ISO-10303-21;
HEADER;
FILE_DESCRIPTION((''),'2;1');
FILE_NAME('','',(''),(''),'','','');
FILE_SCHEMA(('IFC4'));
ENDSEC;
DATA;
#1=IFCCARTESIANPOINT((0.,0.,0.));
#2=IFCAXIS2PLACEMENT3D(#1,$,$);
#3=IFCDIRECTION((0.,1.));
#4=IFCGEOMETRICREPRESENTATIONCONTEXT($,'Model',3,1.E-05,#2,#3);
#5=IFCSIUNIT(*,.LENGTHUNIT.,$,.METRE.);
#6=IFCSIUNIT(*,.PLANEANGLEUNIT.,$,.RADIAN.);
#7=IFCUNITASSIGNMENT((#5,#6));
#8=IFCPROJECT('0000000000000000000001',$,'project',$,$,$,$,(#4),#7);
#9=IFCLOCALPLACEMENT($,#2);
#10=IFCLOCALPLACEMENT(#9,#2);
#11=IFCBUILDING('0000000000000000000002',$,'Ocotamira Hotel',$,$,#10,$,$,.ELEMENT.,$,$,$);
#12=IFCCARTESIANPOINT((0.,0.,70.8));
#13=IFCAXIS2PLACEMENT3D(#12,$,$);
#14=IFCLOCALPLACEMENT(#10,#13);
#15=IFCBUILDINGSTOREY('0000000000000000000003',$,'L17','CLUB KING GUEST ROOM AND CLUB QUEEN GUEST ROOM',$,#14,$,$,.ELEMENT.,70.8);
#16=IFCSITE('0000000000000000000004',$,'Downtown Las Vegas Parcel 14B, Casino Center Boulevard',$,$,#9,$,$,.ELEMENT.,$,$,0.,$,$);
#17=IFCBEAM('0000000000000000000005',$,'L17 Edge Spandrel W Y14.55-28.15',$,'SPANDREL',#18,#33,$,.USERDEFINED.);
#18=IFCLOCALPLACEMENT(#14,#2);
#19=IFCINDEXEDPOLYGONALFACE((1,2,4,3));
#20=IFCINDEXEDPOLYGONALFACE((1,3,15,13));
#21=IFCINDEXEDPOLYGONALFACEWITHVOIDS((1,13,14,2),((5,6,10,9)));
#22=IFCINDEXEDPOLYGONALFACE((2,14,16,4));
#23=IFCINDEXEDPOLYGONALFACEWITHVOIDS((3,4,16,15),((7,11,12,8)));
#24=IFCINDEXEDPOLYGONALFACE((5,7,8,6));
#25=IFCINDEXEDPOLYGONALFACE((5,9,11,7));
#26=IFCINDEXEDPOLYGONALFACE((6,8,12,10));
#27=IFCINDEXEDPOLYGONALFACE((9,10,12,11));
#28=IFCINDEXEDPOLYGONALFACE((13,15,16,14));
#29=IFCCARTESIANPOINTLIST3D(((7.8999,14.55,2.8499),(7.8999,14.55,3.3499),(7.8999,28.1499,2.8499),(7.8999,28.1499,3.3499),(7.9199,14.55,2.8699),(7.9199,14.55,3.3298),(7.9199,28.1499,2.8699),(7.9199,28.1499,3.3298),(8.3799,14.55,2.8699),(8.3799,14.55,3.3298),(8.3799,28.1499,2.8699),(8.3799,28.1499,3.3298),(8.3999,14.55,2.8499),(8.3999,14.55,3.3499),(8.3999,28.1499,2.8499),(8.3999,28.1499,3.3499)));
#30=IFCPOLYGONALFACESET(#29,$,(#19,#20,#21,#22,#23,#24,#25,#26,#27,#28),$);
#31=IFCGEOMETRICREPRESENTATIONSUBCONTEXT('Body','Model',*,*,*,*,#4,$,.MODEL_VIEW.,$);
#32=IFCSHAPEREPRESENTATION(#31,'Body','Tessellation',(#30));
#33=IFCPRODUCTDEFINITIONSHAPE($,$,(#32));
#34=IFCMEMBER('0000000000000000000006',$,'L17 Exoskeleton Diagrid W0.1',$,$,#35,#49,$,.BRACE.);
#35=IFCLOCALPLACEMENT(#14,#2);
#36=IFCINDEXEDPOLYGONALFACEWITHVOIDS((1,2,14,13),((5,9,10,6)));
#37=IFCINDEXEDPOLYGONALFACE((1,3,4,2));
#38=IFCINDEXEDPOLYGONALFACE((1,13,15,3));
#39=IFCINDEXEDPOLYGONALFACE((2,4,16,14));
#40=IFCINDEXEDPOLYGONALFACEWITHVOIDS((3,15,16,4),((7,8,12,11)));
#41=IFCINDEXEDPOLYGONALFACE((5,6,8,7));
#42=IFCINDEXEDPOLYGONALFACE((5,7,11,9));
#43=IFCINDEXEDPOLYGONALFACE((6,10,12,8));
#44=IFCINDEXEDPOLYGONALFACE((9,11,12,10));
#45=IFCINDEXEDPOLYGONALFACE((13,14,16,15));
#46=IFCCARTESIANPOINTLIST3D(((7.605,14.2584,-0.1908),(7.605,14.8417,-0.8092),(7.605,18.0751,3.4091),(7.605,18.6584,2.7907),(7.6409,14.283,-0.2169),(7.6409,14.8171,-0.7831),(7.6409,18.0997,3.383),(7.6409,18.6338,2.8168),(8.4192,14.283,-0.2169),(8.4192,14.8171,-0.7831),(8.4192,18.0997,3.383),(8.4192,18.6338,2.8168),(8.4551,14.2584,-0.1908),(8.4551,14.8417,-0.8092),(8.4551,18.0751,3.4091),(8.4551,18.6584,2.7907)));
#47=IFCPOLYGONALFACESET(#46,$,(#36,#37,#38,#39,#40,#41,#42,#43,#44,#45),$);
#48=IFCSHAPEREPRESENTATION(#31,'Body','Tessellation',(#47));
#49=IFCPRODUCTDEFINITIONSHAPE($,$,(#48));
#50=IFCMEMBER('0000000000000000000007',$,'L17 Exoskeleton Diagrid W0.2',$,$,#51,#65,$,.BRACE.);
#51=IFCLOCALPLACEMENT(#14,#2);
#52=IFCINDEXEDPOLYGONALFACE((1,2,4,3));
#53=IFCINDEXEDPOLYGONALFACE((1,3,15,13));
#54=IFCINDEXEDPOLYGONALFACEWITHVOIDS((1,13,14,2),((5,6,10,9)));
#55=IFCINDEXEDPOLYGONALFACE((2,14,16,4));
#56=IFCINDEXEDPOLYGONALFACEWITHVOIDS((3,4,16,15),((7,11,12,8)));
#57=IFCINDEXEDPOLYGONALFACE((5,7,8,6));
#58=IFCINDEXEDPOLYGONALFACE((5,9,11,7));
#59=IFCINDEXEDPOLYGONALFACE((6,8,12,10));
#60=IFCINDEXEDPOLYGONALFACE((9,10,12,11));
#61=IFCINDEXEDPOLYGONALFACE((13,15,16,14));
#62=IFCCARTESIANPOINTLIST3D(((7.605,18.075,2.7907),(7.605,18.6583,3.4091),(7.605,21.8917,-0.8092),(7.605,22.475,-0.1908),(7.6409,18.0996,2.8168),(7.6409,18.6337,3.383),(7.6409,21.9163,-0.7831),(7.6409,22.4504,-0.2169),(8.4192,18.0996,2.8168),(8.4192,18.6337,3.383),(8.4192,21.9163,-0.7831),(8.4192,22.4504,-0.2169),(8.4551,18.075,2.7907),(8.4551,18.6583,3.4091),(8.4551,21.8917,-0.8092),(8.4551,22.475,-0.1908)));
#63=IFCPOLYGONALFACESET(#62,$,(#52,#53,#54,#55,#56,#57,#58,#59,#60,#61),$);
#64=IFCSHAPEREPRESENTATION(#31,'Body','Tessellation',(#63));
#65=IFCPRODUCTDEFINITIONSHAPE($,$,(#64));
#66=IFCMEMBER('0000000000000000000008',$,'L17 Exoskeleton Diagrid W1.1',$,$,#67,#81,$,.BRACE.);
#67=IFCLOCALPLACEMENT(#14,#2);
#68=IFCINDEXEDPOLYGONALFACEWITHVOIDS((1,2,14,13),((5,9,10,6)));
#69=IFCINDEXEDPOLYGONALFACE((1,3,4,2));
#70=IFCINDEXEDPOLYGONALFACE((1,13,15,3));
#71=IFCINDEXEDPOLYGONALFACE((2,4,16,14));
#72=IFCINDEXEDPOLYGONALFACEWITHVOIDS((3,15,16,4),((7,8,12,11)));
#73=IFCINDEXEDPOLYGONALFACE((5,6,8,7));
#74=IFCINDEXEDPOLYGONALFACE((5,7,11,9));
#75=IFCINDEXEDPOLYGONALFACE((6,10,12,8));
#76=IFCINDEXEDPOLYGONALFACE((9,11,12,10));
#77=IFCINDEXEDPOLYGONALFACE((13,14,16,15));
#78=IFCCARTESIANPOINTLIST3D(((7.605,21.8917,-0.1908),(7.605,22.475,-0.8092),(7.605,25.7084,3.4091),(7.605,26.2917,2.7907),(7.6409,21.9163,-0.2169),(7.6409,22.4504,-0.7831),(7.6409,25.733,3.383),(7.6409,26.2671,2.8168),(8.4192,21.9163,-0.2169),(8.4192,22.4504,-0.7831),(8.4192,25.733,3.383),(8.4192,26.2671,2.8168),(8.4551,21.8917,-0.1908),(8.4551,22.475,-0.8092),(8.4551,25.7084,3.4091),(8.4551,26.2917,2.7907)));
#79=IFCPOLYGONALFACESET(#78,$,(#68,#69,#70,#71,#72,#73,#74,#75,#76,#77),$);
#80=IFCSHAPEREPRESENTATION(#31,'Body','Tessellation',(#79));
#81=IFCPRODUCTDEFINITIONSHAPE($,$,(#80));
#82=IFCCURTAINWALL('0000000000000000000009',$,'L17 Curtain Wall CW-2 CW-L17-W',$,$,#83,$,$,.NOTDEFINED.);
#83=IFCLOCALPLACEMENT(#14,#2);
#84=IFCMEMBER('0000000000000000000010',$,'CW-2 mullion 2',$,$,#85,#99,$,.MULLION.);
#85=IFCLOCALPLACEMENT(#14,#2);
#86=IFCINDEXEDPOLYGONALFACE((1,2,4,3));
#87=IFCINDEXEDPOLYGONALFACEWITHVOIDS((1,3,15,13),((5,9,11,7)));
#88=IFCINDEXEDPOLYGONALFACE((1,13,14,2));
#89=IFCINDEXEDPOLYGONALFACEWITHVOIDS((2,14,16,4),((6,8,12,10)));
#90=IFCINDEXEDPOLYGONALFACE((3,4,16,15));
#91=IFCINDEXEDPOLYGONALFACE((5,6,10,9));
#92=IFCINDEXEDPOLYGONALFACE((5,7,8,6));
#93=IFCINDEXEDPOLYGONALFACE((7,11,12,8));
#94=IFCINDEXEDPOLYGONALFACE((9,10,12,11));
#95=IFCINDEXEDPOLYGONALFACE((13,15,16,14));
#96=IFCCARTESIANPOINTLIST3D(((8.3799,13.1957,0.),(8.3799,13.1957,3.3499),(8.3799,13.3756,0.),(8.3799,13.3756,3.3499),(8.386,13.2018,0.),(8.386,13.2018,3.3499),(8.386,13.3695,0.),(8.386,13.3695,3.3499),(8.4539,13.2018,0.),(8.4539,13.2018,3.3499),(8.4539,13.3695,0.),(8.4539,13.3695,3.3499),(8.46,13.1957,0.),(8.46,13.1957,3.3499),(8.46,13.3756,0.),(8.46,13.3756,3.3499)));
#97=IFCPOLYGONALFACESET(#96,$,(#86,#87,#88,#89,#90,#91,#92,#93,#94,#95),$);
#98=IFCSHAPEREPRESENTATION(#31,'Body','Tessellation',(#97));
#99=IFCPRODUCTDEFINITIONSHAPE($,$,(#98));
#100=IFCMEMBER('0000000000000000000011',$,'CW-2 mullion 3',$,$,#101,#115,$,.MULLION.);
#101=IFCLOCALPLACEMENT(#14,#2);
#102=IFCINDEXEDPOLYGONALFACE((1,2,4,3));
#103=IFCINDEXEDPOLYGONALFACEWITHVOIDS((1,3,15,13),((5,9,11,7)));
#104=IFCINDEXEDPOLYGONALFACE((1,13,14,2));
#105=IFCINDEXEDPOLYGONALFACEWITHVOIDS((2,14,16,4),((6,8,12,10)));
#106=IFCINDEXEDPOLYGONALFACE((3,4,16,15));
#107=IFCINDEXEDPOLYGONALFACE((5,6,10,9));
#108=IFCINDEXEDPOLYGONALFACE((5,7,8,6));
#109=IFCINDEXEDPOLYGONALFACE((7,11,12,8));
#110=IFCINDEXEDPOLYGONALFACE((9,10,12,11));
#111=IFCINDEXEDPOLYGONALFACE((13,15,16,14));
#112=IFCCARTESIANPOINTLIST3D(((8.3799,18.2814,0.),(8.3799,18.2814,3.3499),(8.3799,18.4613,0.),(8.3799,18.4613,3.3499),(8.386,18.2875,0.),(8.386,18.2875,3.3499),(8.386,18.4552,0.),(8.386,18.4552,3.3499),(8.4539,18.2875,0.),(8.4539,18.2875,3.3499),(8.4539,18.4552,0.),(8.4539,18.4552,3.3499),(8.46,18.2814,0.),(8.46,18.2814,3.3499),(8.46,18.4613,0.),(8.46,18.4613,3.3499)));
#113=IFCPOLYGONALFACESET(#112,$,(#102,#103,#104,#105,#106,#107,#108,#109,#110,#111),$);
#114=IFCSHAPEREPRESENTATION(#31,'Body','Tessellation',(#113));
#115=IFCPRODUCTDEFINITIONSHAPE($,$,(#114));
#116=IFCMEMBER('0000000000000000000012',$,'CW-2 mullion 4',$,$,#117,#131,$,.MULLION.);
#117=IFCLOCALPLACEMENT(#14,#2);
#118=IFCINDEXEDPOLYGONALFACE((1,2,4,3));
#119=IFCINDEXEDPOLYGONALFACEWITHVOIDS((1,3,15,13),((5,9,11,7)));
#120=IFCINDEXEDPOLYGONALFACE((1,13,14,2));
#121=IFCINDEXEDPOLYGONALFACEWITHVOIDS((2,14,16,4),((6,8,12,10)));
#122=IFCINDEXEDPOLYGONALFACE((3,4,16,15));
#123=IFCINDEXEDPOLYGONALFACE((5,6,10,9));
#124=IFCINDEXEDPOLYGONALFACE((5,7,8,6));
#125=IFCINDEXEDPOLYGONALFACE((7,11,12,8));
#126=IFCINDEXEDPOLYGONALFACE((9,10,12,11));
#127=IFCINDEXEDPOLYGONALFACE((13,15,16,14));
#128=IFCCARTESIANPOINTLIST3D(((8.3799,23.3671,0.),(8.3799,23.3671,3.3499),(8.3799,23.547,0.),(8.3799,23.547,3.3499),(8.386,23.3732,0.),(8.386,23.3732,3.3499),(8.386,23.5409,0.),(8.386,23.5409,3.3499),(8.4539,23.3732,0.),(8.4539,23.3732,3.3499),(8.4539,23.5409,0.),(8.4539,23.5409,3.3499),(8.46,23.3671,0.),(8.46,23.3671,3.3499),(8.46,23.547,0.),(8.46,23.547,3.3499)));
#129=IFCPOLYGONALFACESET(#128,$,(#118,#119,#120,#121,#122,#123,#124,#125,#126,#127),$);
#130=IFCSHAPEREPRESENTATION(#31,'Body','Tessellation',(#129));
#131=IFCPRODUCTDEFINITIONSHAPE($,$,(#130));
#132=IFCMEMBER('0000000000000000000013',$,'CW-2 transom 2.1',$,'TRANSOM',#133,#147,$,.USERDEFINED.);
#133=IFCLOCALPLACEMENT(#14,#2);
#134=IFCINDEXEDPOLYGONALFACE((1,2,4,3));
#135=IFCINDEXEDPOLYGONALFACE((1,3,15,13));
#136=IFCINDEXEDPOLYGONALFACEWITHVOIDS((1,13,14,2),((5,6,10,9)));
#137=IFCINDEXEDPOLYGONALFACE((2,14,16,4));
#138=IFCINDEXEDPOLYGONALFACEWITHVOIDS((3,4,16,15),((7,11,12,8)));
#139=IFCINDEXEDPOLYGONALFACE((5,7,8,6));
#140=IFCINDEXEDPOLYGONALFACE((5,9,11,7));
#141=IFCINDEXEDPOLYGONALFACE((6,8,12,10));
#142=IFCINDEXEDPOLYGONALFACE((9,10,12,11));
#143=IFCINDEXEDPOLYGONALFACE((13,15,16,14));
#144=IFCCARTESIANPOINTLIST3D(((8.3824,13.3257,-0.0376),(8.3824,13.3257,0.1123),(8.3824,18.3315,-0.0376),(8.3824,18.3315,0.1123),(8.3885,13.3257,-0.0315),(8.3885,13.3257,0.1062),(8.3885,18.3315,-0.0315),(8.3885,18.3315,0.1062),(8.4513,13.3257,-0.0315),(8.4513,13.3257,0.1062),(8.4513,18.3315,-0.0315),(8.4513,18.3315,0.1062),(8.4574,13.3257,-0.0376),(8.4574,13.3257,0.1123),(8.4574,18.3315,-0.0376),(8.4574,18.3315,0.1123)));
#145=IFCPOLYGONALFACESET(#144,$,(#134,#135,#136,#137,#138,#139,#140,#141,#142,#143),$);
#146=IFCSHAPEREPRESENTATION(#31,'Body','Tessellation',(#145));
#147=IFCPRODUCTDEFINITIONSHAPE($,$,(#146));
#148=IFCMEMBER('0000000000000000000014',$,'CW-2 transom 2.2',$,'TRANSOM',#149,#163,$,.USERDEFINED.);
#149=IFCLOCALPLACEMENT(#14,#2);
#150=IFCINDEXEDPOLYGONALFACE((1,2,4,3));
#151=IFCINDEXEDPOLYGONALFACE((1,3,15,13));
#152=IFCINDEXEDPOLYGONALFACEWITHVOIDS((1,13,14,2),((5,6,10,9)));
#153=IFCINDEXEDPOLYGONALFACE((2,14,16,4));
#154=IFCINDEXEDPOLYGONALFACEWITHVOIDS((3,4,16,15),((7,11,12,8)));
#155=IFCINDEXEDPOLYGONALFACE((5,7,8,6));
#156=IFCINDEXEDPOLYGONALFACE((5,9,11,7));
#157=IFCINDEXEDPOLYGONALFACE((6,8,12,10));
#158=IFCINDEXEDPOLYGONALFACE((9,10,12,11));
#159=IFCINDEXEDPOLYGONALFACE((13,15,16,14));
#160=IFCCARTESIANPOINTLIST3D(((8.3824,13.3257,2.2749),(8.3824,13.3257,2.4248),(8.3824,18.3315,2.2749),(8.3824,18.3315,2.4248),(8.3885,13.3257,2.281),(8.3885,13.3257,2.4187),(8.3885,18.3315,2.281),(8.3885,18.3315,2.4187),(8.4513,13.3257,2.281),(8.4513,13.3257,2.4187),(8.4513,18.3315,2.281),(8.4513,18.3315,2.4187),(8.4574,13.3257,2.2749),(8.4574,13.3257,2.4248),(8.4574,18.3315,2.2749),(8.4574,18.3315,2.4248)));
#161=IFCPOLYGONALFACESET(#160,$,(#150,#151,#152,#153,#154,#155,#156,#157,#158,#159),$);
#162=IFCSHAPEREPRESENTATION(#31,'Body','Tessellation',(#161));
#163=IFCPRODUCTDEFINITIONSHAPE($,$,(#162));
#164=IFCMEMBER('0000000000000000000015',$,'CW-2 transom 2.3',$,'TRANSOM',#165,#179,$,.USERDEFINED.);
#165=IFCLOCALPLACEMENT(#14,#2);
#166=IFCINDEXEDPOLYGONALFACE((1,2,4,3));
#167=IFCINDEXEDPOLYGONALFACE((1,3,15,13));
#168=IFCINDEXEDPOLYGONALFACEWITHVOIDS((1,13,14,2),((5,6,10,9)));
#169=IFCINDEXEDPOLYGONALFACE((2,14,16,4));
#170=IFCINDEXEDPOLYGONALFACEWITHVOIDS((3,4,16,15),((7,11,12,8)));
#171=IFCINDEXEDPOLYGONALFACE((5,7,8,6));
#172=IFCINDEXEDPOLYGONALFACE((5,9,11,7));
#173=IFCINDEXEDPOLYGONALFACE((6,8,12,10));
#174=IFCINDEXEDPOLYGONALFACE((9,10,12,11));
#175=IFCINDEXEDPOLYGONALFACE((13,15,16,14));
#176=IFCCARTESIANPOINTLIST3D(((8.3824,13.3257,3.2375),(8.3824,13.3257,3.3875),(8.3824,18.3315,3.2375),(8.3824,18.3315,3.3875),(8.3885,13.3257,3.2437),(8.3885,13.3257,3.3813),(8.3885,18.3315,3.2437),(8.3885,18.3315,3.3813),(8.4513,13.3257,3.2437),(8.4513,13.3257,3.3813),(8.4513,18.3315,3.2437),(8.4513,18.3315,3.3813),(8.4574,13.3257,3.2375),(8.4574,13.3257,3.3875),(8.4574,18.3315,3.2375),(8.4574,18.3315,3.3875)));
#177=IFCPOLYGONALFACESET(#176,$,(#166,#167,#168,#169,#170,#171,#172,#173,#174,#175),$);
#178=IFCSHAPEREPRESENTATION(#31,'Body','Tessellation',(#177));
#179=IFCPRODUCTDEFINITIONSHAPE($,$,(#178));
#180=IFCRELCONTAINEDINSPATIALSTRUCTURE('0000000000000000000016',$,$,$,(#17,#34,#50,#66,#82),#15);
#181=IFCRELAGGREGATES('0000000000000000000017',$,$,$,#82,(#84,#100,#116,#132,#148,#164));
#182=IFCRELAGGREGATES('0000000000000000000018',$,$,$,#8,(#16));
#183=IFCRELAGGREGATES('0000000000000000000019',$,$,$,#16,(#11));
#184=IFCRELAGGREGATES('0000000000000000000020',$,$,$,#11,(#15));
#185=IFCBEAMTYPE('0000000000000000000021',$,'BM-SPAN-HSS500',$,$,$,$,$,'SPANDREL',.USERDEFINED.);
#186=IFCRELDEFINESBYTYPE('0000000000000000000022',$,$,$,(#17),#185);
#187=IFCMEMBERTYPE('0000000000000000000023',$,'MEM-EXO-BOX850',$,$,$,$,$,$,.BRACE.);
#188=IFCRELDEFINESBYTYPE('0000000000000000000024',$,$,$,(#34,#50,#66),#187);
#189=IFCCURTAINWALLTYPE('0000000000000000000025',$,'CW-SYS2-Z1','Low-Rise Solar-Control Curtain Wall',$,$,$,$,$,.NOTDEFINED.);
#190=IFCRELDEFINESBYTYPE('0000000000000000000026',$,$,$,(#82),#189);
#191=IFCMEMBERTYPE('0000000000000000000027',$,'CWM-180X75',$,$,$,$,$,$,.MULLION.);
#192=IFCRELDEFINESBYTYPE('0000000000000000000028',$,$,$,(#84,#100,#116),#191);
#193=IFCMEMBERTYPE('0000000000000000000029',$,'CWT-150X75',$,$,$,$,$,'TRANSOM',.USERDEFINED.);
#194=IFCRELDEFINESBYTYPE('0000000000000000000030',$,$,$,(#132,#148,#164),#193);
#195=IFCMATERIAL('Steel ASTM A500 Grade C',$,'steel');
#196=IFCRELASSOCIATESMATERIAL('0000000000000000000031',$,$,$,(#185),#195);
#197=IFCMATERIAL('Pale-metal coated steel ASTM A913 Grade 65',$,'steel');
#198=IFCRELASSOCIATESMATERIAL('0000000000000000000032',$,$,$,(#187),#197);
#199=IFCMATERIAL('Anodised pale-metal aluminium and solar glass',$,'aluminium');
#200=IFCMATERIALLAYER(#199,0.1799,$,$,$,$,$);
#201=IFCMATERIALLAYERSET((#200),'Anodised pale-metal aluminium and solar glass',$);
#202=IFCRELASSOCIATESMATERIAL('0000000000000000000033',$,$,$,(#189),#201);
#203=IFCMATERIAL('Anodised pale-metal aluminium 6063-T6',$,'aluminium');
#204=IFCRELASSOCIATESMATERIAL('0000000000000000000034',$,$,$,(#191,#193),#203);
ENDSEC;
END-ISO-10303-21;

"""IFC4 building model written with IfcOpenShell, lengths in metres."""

from ifc_helpers import new_model, si_unit, direction, frame, origin, origin_2d, place, context, subcontext, project, spatial, hollow_rectangle, extrude, source, transform, mapped, material, layer, layer_set, material_profile, profile_set, type_object, element, aggregate, save


model = new_model("IFC4")

# Units and contexts
model_context = context("Model", 3, precision=1e-05, world=origin(), true_north=direction((0.0, 1.0)))
body_context = subcontext(model_context, "Body", "Model", "MODEL_VIEW")
ifc_project = project(units=[si_unit("LENGTHUNIT", "METRE"), si_unit("PLANEANGLEUNIT", "RADIAN")], contexts=[model_context])

# Site, building, storey
site_placement = place(None, origin())
site = spatial("IfcSite", under=ifc_project, at=site_placement, Name="Downtown Las Vegas Parcel 14B, Casino Center Boulevard", CompositionType="ELEMENT", RefElevation=0.0)
building_placement = place(site_placement, origin())
building = spatial("IfcBuilding", under=site, at=building_placement, Name="Ocotamira Hotel", CompositionType="ELEMENT")
storey_placement = place(building_placement, frame((0.0, 0.0, 70.8)))
storey = spatial("IfcBuildingStorey", under=building, at=storey_placement, Name="L17", Description="CLUB KING GUEST ROOM AND CLUB QUEEN GUEST ROOM", CompositionType="ELEMENT", Elevation=70.8)

# Beam
ifc_material_1 = material(Name="Steel ASTM A500 Grade C", Category="steel")
ifc_material_profile_1 = material_profile(ifc_material_1, hollow_rectangle(XDim=0.5, YDim=0.5, WallThickness=0.02, at=origin_2d()), Name="HSS500X500X20")
ifc_profile_set_1 = profile_set([ifc_material_profile_1], Name="Steel ASTM A500 Grade C")
beam_type_1 = type_object("IfcBeamType", Name="BM-SPAN-HSS500", ElementType="SPANDREL", PredefinedType="USERDEFINED", material=ifc_profile_set_1)
shared_shape_1 = source(origin(), body_context, "Body", "SweptSolid", [
    extrude(hollow_rectangle(XDim=0.5, YDim=0.5, WallThickness=0.02, at=origin_2d()), origin(), (0.0, 0.0, 1.0), 13.5999),
])
beam_1_placement = place(storey_placement, frame((8.1499, 14.55, 3.0999), z_axis=(0.0, 1.0, 0.0), x_axis=(-1.0, 0.0, 0.0)))
element("IfcBeam", 1, at=beam_1_placement, inside=storey, type_object=beam_type_1, Name="L17 Edge Spandrel W Y14.55-28.15", ObjectType="SPANDREL", PredefinedType="USERDEFINED", context=body_context, shape_type="MappedRepresentation", body=[
    mapped(shared_shape_1, transform((0.0, 0.0, 0.0), scale=1.0)),
])

# Members
ifc_material_2 = material(Name="Pale-metal coated steel ASTM A913 Grade 65", Category="steel")
ifc_material_profile_2 = material_profile(ifc_material_2, hollow_rectangle(XDim=0.8501, YDim=0.8501, WallThickness=0.0359, at=origin_2d()), Name="BOX850X850X36")
ifc_profile_set_2 = profile_set([ifc_material_profile_2], Name="Pale-metal coated steel ASTM A913 Grade 65")
member_type_1 = type_object("IfcMemberType", Name="MEM-EXO-BOX850", PredefinedType="BRACE", material=ifc_profile_set_2)
shared_shape_2 = source(origin(), body_context, "Body", "SweptSolid", [
    extrude(hollow_rectangle(XDim=0.8501, YDim=0.8501, WallThickness=0.0359, at=origin_2d()), origin(), (0.0, 0.0, 1.0), 5.2466),
])
for number, where, z_axis, x_axis, name in (
    (2, (8.03, 14.55, -0.5), (0.0, 0.727466, 0.686144), (-1.0, 0.0, 0.0), "L17 Exoskeleton Diagrid W0.1"),
    (3, (8.03, 22.1833, -0.5), (0.0, -0.727466, 0.686144), (1.0, 0.0, 0.0), "L17 Exoskeleton Diagrid W0.2"),
    (4, (8.03, 22.1833, -0.5), (0.0, 0.727466, 0.686144), (-1.0, 0.0, 0.0), "L17 Exoskeleton Diagrid W1.1"),
):
    element("IfcMember", number, at=place(storey_placement, frame(where, z_axis=z_axis, x_axis=x_axis)), inside=storey, type_object=member_type_1, Name=name, PredefinedType="BRACE", context=body_context, shape_type="MappedRepresentation", body=[
        mapped(shared_shape_2, transform((0.0, 0.0, 0.0), scale=1.0)),
    ])

# Curtain wall, members
ifc_material_3 = material(Name="Anodised pale-metal aluminium and solar glass", Category="aluminium")
ifc_layer_1 = layer(ifc_material_3, 0.1799)
ifc_layer_set_1 = layer_set([ifc_layer_1], Name="Anodised pale-metal aluminium and solar glass")
curtain_wall_type = type_object("IfcCurtainWallType", Name="CW-SYS2-Z1", Description="Low-Rise Solar-Control Curtain Wall", PredefinedType="NOTDEFINED", material=ifc_layer_set_1)
curtain_wall_placement = place(storey_placement, origin())
curtain_wall = element("IfcCurtainWall", 5, at=curtain_wall_placement, inside=storey, type_object=curtain_wall_type, Name="L17 Curtain Wall CW-2 CW-L17-W", PredefinedType="NOTDEFINED")
ifc_material_4 = material(Name="Anodised pale-metal aluminium 6063-T6", Category="aluminium")
ifc_material_profile_3 = material_profile(ifc_material_4, hollow_rectangle(XDim=0.0801, YDim=0.1799, WallThickness=0.0061, at=origin_2d()), Name="HSS180X80X6")
ifc_profile_set_3 = profile_set([ifc_material_profile_3], Name="Anodised pale-metal aluminium 6063-T6")
member_type_2 = type_object("IfcMemberType", Name="CWM-180X75", PredefinedType="MULLION", material=ifc_profile_set_3)
shared_shape_3 = source(origin(), body_context, "Body", "SweptSolid", [
    extrude(hollow_rectangle(XDim=0.0801, YDim=0.1799, WallThickness=0.0061, at=origin_2d()), origin(), (0.0, 0.0, 1.0), 3.3499),
])
member_1_placement = place(storey_placement, frame((8.4199, 13.2856, 0.0), z_axis=(0.0, 0.0, 1.0), x_axis=(-1.0, 0.0, 0.0)))
member_1 = element("IfcMember", 6, at=member_1_placement, type_object=member_type_2, Name="CW-2 mullion 2", PredefinedType="MULLION", context=body_context, shape_type="MappedRepresentation", body=[
    mapped(shared_shape_3, transform((0.0, 0.0, 0.0), scale=1.0)),
])
member_2_placement = place(storey_placement, frame((8.4199, 18.3713, 0.0), z_axis=(0.0, 0.0, 1.0), x_axis=(-1.0, 0.0, 0.0)))
member_2 = element("IfcMember", 7, at=member_2_placement, type_object=member_type_2, Name="CW-2 mullion 3", PredefinedType="MULLION", context=body_context, shape_type="MappedRepresentation", body=[
    mapped(shared_shape_3, transform((0.0, 0.0, 0.0), scale=1.0)),
])
member_3_placement = place(storey_placement, frame((8.4199, 23.457, 0.0), z_axis=(0.0, 0.0, 1.0), x_axis=(-1.0, 0.0, 0.0)))
member_3 = element("IfcMember", 8, at=member_3_placement, type_object=member_type_2, Name="CW-2 mullion 4", PredefinedType="MULLION", context=body_context, shape_type="MappedRepresentation", body=[
    mapped(shared_shape_3, transform((0.0, 0.0, 0.0), scale=1.0)),
])
ifc_material_profile_4 = material_profile(ifc_material_4, hollow_rectangle(XDim=0.075, YDim=0.1499, WallThickness=0.0061, at=origin_2d()), Name="HSS150X75X6")
ifc_profile_set_4 = profile_set([ifc_material_profile_4], Name="Anodised pale-metal aluminium 6063-T6")
member_type_3 = type_object("IfcMemberType", Name="CWT-150X75", ElementType="TRANSOM", PredefinedType="USERDEFINED", material=ifc_profile_set_4)
shared_shape_4 = source(origin(), body_context, "Body", "SweptSolid", [
    extrude(hollow_rectangle(XDim=0.075, YDim=0.1499, WallThickness=0.0061, at=origin_2d()), origin(), (0.0, 0.0, 1.0), 5.0059),
])
member_4_placement = place(storey_placement, frame((8.4199, 13.3257, 0.0374), z_axis=(0.0, 1.0, 0.0), x_axis=(-1.0, 0.0, 0.0)))
member_4 = element("IfcMember", 9, at=member_4_placement, type_object=member_type_3, Name="CW-2 transom 2.1", ObjectType="TRANSOM", PredefinedType="USERDEFINED", context=body_context, shape_type="MappedRepresentation", body=[
    mapped(shared_shape_4, transform((0.0, 0.0, 0.0), scale=1.0)),
])
member_5_placement = place(storey_placement, frame((8.4199, 13.3257, 2.3499), z_axis=(0.0, 1.0, 0.0), x_axis=(-1.0, 0.0, 0.0)))
member_5 = element("IfcMember", 10, at=member_5_placement, type_object=member_type_3, Name="CW-2 transom 2.2", ObjectType="TRANSOM", PredefinedType="USERDEFINED", context=body_context, shape_type="MappedRepresentation", body=[
    mapped(shared_shape_4, transform((0.0, 0.0, 0.0), scale=1.0)),
])
member_6_placement = place(storey_placement, frame((8.4199, 13.3257, 3.3125), z_axis=(0.0, 1.0, 0.0), x_axis=(-1.0, 0.0, 0.0)))
member_6 = element("IfcMember", 11, at=member_6_placement, type_object=member_type_3, Name="CW-2 transom 2.3", ObjectType="TRANSOM", PredefinedType="USERDEFINED", context=body_context, shape_type="MappedRepresentation", body=[
    mapped(shared_shape_4, transform((0.0, 0.0, 0.0), scale=1.0)),
])

aggregate(curtain_wall, [member_1, member_2, member_3, member_4, member_5, member_6])

save(model, "model.ifc")
